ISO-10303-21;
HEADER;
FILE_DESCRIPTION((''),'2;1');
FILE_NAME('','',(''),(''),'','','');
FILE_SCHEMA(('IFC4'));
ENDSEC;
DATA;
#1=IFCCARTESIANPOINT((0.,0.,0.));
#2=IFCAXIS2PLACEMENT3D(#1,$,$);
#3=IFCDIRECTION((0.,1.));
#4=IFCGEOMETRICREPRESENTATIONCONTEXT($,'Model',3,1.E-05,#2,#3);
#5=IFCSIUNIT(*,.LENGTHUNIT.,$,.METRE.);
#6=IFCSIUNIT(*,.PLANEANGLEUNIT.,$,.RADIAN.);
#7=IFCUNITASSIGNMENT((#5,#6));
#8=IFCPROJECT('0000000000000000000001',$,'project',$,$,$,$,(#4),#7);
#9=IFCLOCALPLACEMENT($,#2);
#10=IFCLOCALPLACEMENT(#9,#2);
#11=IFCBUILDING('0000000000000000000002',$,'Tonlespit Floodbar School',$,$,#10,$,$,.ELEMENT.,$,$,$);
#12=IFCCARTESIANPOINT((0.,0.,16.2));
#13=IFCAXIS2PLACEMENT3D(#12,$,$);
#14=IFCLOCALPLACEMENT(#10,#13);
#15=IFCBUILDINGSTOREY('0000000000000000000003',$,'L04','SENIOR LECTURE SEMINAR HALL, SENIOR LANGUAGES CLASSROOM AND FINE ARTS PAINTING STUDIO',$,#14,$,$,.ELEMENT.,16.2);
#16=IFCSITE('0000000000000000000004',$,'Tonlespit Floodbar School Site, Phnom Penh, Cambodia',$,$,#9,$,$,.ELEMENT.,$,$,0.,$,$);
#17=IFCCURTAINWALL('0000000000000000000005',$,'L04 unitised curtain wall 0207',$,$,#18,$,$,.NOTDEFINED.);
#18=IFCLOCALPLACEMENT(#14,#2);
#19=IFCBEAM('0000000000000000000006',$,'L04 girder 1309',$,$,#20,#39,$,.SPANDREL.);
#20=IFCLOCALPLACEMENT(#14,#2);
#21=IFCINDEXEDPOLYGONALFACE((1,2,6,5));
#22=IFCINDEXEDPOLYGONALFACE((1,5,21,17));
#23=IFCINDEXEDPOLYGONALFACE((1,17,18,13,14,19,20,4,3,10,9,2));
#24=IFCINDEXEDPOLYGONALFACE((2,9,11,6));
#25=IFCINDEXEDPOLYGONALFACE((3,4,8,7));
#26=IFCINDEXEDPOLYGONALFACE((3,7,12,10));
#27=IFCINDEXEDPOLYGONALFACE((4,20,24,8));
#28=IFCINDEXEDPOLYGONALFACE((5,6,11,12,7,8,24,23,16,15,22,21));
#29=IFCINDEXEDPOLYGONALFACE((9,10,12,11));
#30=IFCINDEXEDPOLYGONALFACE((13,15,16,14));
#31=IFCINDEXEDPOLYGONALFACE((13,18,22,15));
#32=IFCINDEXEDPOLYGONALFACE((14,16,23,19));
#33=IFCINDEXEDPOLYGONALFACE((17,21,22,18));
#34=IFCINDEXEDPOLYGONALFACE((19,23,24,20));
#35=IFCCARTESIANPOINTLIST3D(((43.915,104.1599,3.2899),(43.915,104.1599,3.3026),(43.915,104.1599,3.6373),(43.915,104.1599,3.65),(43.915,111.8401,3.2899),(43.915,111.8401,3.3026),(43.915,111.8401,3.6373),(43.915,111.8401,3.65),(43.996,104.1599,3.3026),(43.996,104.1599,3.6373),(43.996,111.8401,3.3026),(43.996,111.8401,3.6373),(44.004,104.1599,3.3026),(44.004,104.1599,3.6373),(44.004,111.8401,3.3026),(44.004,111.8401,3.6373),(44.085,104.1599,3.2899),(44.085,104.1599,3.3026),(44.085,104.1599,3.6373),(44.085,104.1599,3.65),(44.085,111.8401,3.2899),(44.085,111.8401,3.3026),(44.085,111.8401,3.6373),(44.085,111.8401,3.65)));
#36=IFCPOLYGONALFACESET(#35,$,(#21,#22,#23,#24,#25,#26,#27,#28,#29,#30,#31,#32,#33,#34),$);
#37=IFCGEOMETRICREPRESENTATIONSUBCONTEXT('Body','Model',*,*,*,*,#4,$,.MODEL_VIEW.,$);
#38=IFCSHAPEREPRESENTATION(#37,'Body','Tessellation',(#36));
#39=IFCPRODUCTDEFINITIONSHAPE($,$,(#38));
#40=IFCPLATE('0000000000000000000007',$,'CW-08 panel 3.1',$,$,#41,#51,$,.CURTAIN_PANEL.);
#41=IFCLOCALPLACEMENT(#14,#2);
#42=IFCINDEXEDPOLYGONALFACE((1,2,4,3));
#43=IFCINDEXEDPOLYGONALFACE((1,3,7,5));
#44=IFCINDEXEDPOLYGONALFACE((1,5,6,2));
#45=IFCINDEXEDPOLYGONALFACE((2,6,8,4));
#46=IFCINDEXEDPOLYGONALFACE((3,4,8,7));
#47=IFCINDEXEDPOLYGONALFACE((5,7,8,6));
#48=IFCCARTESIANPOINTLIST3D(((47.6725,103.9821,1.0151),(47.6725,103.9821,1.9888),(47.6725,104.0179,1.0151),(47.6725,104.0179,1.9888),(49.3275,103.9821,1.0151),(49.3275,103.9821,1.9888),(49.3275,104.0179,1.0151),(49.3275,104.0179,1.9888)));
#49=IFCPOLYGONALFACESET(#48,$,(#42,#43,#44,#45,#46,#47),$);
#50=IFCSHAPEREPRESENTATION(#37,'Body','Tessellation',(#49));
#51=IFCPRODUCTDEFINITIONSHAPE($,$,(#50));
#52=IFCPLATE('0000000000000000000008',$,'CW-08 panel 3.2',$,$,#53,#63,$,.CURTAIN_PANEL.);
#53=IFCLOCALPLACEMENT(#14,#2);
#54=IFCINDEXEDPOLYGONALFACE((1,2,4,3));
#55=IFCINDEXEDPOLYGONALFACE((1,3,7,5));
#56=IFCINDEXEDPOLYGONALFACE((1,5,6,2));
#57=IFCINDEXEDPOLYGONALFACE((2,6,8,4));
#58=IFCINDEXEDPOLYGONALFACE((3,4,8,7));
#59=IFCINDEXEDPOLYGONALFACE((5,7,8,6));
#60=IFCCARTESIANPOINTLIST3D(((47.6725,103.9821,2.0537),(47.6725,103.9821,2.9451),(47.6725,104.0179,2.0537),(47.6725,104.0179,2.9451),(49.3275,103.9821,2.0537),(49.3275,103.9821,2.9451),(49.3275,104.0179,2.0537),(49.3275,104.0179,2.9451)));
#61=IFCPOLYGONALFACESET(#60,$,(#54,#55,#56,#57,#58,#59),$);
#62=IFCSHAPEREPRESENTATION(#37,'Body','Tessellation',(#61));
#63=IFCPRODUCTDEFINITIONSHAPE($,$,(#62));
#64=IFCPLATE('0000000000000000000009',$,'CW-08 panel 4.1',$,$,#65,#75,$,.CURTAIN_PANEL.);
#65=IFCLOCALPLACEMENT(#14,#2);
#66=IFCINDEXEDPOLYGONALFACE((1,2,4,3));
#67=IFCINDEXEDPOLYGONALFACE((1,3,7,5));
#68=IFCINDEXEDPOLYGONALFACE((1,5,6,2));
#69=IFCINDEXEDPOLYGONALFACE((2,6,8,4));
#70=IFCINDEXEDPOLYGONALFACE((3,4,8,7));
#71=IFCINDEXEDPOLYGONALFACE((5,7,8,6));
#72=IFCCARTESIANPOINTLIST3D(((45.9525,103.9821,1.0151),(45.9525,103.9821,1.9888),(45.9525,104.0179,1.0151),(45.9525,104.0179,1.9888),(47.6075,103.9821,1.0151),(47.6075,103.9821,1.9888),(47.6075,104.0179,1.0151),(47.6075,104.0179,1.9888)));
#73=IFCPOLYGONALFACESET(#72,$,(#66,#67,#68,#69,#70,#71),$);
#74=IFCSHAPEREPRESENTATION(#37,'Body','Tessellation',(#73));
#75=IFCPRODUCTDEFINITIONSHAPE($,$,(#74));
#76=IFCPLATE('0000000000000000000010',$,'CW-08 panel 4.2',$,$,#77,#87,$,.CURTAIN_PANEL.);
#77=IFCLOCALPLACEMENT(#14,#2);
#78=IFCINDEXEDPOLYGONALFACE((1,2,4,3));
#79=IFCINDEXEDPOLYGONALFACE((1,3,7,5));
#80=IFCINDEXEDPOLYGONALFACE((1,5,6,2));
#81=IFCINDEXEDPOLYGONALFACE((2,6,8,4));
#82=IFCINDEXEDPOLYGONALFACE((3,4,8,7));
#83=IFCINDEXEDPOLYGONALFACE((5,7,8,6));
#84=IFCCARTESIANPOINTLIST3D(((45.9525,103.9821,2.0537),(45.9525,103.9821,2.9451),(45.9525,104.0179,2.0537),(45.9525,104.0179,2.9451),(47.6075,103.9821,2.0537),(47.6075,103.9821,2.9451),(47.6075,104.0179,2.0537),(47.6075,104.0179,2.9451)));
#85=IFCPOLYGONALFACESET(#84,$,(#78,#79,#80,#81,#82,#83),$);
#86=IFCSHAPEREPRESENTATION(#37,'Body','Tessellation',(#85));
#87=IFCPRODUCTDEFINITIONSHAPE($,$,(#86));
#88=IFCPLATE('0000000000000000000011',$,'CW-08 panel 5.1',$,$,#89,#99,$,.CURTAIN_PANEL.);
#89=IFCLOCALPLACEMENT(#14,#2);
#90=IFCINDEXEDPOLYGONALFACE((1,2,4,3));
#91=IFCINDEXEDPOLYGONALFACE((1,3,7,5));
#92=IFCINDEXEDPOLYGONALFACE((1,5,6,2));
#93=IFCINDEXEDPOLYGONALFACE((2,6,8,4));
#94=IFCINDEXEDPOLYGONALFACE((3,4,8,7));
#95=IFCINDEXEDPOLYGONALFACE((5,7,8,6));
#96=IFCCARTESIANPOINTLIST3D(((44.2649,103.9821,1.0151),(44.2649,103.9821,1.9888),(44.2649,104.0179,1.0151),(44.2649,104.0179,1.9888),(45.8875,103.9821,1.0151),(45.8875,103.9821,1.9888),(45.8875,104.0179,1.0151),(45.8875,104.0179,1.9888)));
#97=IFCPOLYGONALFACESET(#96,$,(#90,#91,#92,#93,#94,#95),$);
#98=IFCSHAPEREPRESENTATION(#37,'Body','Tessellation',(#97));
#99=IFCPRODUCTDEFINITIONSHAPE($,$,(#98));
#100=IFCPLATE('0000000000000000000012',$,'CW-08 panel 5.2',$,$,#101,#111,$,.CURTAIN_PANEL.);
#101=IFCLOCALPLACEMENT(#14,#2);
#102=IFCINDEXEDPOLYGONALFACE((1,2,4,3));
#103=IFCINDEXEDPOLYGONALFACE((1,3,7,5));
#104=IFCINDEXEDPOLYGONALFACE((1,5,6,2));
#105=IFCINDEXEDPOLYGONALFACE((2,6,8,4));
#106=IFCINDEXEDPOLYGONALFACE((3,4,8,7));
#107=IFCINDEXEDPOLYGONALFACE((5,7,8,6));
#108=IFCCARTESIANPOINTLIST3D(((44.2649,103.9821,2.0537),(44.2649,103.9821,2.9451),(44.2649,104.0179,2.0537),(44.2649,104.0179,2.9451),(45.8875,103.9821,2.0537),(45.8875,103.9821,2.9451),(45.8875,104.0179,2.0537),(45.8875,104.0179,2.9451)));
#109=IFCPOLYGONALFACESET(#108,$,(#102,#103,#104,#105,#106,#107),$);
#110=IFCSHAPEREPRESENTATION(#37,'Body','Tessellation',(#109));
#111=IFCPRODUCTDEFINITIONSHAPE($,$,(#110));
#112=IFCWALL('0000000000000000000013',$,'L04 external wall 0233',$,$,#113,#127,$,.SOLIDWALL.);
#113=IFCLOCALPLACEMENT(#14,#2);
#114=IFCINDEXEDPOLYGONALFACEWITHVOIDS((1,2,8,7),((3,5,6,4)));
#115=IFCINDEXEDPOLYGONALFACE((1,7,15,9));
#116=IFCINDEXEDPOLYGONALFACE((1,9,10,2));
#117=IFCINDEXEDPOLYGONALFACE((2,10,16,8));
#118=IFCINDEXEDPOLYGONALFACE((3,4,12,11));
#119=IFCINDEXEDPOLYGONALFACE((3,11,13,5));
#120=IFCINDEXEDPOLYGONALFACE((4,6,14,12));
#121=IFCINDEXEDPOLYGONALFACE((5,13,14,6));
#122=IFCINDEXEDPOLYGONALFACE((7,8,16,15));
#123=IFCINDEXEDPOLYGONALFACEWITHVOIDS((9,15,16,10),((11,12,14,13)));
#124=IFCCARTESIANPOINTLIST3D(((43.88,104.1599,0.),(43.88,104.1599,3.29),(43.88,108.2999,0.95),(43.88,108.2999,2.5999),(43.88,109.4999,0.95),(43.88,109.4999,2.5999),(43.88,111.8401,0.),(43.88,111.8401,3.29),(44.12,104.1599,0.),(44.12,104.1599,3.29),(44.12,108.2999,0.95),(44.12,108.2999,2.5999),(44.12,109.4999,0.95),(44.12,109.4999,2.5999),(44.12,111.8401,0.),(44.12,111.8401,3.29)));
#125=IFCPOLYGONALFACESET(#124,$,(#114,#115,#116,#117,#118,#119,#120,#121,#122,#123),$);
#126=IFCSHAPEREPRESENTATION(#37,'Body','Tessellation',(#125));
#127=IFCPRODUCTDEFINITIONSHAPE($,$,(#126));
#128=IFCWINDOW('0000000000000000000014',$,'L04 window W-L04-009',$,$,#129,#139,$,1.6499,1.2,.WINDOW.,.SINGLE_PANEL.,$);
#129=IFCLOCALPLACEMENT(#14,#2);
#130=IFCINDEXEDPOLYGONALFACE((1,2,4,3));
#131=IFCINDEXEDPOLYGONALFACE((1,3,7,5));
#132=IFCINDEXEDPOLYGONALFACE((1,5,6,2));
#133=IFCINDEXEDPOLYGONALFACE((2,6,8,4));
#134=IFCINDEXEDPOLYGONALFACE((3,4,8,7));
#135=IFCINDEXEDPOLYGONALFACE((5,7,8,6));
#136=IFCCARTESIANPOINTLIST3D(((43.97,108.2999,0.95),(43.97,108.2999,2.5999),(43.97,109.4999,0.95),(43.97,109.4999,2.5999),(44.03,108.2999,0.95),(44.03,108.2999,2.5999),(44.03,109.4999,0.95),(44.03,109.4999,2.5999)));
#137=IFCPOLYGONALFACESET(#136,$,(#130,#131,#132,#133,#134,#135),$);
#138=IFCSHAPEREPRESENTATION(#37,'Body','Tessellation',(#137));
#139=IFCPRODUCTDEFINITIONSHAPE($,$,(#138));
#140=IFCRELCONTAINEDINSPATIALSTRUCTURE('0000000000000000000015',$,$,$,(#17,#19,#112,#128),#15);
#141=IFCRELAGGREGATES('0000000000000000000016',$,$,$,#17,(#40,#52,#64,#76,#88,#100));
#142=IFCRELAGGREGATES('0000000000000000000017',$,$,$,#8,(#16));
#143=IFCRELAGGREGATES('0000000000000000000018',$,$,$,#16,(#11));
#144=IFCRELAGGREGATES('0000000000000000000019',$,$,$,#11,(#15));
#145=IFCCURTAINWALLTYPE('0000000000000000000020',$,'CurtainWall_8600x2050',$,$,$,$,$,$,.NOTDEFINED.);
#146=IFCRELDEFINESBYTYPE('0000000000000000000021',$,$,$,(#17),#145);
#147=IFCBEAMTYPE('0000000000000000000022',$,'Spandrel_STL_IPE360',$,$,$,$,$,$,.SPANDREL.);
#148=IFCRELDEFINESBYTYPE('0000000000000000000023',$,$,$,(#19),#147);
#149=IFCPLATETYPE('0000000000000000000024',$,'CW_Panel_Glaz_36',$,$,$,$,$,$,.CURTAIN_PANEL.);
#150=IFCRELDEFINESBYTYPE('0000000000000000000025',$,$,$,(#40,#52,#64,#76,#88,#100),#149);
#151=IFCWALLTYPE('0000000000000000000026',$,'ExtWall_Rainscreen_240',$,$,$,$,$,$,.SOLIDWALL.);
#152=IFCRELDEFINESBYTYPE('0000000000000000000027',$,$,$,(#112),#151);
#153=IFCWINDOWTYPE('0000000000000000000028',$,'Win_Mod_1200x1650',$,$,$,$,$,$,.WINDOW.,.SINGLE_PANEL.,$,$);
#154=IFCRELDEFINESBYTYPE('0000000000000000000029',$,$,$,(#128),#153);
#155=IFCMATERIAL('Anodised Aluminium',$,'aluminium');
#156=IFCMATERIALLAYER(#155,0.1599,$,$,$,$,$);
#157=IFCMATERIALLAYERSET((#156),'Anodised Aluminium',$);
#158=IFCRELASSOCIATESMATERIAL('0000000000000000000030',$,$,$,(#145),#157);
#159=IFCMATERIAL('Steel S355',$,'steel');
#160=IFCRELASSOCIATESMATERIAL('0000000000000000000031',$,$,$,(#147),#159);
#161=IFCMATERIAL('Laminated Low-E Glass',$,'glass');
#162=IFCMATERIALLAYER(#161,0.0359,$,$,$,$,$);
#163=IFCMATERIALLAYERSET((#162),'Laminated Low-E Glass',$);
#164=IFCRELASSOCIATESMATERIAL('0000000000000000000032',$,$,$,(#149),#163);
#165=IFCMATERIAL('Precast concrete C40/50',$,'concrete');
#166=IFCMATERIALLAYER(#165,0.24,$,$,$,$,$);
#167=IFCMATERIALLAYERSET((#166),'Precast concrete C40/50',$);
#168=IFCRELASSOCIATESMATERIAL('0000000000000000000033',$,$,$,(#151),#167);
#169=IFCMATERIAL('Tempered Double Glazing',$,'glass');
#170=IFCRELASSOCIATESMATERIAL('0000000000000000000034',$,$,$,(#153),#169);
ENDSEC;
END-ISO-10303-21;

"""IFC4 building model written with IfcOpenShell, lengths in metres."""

from ifc_helpers import new_model, si_unit, direction, frame, frame_2d, origin, origin_2d, place, context, subcontext, project, spatial, rectangle, i_section, extrude, material, layer, layer_set, material_profile, profile_set, type_object, element, fill, aggregate, save


model = new_model("IFC4")

# Units and contexts
model_context = context("Model", 3, precision=1e-05, world=origin(), true_north=direction((0.0, 1.0)))
body_context = subcontext(model_context, "Body", "Model", "MODEL_VIEW")
ifc_project = project(units=[si_unit("LENGTHUNIT", "METRE"), si_unit("PLANEANGLEUNIT", "RADIAN")], contexts=[model_context])

# Site, building, storey
site_placement = place(None, origin())
site = spatial("IfcSite", under=ifc_project, at=site_placement, Name="Tonlespit Floodbar School Site, Phnom Penh, Cambodia", CompositionType="ELEMENT", RefElevation=0.0)
building_placement = place(site_placement, origin())
building = spatial("IfcBuilding", under=site, at=building_placement, Name="Tonlespit Floodbar School", CompositionType="ELEMENT")
storey_placement = place(building_placement, frame((0.0, 0.0, 16.2)))
storey = spatial("IfcBuildingStorey", under=building, at=storey_placement, Name="L04", Description="SENIOR LECTURE SEMINAR HALL, SENIOR LANGUAGES CLASSROOM AND FINE ARTS PAINTING STUDIO", CompositionType="ELEMENT", Elevation=16.2)

# Curtain wall
ifc_material_1 = material(Name="Anodised Aluminium", Category="aluminium")
ifc_layer_1 = layer(ifc_material_1, 0.1599)
ifc_layer_set_1 = layer_set([ifc_layer_1], Name="Anodised Aluminium")
curtain_wall_type = type_object("IfcCurtainWallType", Name="CurtainWall_8600x2050", PredefinedType="NOTDEFINED", material=ifc_layer_set_1)
curtain_wall_placement = place(storey_placement, origin())
curtain_wall = element("IfcCurtainWall", 1, at=curtain_wall_placement, inside=storey, type_object=curtain_wall_type, Name="L04 unitised curtain wall 0207", PredefinedType="NOTDEFINED")

# Beam
ifc_material_2 = material(Name="Steel S355", Category="steel")
ifc_material_profile_1 = material_profile(ifc_material_2, i_section(OverallWidth=0.1699, OverallDepth=0.3601, WebThickness=0.0081, FlangeThickness=0.0127, at=origin_2d()), Name="IPE 360")
ifc_profile_set_1 = profile_set([ifc_material_profile_1], Name="Steel S355")
beam_type_1 = type_object("IfcBeamType", Name="Spandrel_STL_IPE360", PredefinedType="SPANDREL", material=ifc_profile_set_1)
beam_1_placement = place(storey_placement, frame((44.0, 104.1599, 3.47), z_axis=(0.0, 1.0, 0.0), x_axis=(-1.0, 0.0, 0.0)))
element("IfcBeam", 2, at=beam_1_placement, inside=storey, type_object=beam_type_1, Name="L04 girder 1309", PredefinedType="SPANDREL", context=body_context, shape_type="SweptSolid", body=[
    extrude(i_section(OverallWidth=0.1699, OverallDepth=0.3601, WebThickness=0.0081, FlangeThickness=0.0127, at=origin_2d()), origin(), (0.0, 0.0, 1.0), 7.6802),
])

# Plates
ifc_material_3 = material(Name="Laminated Low-E Glass", Category="glass")
ifc_layer_2 = layer(ifc_material_3, 0.0359)
ifc_layer_set_2 = layer_set([ifc_layer_2], Name="Laminated Low-E Glass")
plate_type = type_object("IfcPlateType", Name="CW_Panel_Glaz_36", PredefinedType="CURTAIN_PANEL", material=ifc_layer_set_2)
plate_1_placement = place(storey_placement, frame((48.5, 104.0, 1.0151), z_axis=(0.0, 0.0, 1.0), x_axis=(-1.0, 0.0, 0.0)))
plate_1 = element("IfcPlate", 3, at=plate_1_placement, type_object=plate_type, Name="CW-08 panel 3.1", PredefinedType="CURTAIN_PANEL", context=body_context, shape_type="SweptSolid", body=[
    extrude(rectangle(XDim=1.655, YDim=0.0359, at=origin_2d()), origin(), (0.0, 0.0, 1.0), 0.9736),
])
plate_2_placement = place(storey_placement, frame((48.5, 104.0, 2.0537), z_axis=(0.0, 0.0, 1.0), x_axis=(-1.0, 0.0, 0.0)))
plate_2 = element("IfcPlate", 4, at=plate_2_placement, type_object=plate_type, Name="CW-08 panel 3.2", PredefinedType="CURTAIN_PANEL", context=body_context, shape_type="SweptSolid", body=[
    extrude(rectangle(XDim=1.655, YDim=0.0359, at=origin_2d()), origin(), (0.0, 0.0, 1.0), 0.8914),
])
plate_3_placement = place(storey_placement, frame((46.78, 104.0, 1.0151), z_axis=(0.0, 0.0, 1.0), x_axis=(-1.0, 0.0, 0.0)))
plate_3 = element("IfcPlate", 5, at=plate_3_placement, type_object=plate_type, Name="CW-08 panel 4.1", PredefinedType="CURTAIN_PANEL", context=body_context, shape_type="SweptSolid", body=[
    extrude(rectangle(XDim=1.655, YDim=0.0359, at=origin_2d()), origin(), (0.0, 0.0, 1.0), 0.9736),
])
plate_4_placement = place(storey_placement, frame((46.78, 104.0, 2.0537), z_axis=(0.0, 0.0, 1.0), x_axis=(-1.0, 0.0, 0.0)))
plate_4 = element("IfcPlate", 6, at=plate_4_placement, type_object=plate_type, Name="CW-08 panel 4.2", PredefinedType="CURTAIN_PANEL", context=body_context, shape_type="SweptSolid", body=[
    extrude(rectangle(XDim=1.655, YDim=0.0359, at=origin_2d()), origin(), (0.0, 0.0, 1.0), 0.8914),
])
plate_5_placement = place(storey_placement, frame((45.0762, 104.0, 1.0151), z_axis=(0.0, 0.0, 1.0), x_axis=(-1.0, 0.0, 0.0)))
plate_5 = element("IfcPlate", 7, at=plate_5_placement, type_object=plate_type, Name="CW-08 panel 5.1", PredefinedType="CURTAIN_PANEL", context=body_context, shape_type="SweptSolid", body=[
    extrude(rectangle(XDim=1.6226, YDim=0.0359, at=origin_2d()), origin(), (0.0, 0.0, 1.0), 0.9736),
])
plate_6_placement = place(storey_placement, frame((45.0762, 104.0, 2.0537), z_axis=(0.0, 0.0, 1.0), x_axis=(-1.0, 0.0, 0.0)))
plate_6 = element("IfcPlate", 8, at=plate_6_placement, type_object=plate_type, Name="CW-08 panel 5.2", PredefinedType="CURTAIN_PANEL", context=body_context, shape_type="SweptSolid", body=[
    extrude(rectangle(XDim=1.6226, YDim=0.0359, at=origin_2d()), origin(), (0.0, 0.0, 1.0), 0.8914),
])
aggregate(curtain_wall, [plate_1, plate_2, plate_3, plate_4, plate_5, plate_6])

# Wall, opening, window
ifc_material_4 = material(Name="Precast concrete C40/50", Category="concrete")
ifc_layer_3 = layer(ifc_material_4, 0.24)
ifc_layer_set_3 = layer_set([ifc_layer_3], Name="Precast concrete C40/50")
wall_type = type_object("IfcWallType", Name="ExtWall_Rainscreen_240", PredefinedType="SOLIDWALL", material=ifc_layer_set_3)
wall_placement = place(storey_placement, frame((44.0, 104.1599, 0.0), z_axis=(0.0, 0.0, 1.0), x_axis=(0.0, 1.0, 0.0)))
wall = element("IfcWall", 9, at=wall_placement, inside=storey, type_object=wall_type, Name="L04 external wall 0233", PredefinedType="SOLIDWALL", context=body_context, shape_type="SweptSolid", body=[
    extrude(rectangle(XDim=7.6802, YDim=0.24, at=frame_2d((3.8401, 0.0))), origin(), (0.0, 0.0, 1.0), 3.29),
])
opening_placement = place(wall_placement, frame((4.1399, 0.0, 0.95)))
opening = element("IfcOpeningElement", 10, at=opening_placement, cuts=wall, PredefinedType="OPENING", context=body_context, shape_type="SweptSolid", body=[
    extrude(rectangle(XDim=1.2, YDim=1.6499, at=frame_2d((0.6001, 0.825))), frame((0.0, 0.1299, 0.0), z_axis=(0.0, -1.0, 0.0), x_axis=(1.0, 0.0, 0.0)), (0.0, 0.0, 1.0), 0.26),
])
ifc_material_5 = material(Name="Tempered Double Glazing", Category="glass")
window_type = type_object("IfcWindowType", Name="Win_Mod_1200x1650", PartitioningType="SINGLE_PANEL", PredefinedType="WINDOW", material=ifc_material_5)
window_placement = place(opening_placement, origin())
window = element("IfcWindow", 11, at=window_placement, inside=storey, type_object=window_type, Name="L04 window W-L04-009", OverallHeight=1.6499, OverallWidth=1.2, PartitioningType="SINGLE_PANEL", PredefinedType="WINDOW", context=body_context, shape_type="SweptSolid", body=[
    extrude(rectangle(XDim=1.2, YDim=1.6499, at=frame_2d((0.6001, 0.825))), frame((0.0, 0.03, 0.0), z_axis=(0.0, -1.0, 0.0), x_axis=(1.0, 0.0, 0.0)), (0.0, 0.0, 1.0), 0.0601),
])
fill(opening, window)

save(model, "model.ifc")
